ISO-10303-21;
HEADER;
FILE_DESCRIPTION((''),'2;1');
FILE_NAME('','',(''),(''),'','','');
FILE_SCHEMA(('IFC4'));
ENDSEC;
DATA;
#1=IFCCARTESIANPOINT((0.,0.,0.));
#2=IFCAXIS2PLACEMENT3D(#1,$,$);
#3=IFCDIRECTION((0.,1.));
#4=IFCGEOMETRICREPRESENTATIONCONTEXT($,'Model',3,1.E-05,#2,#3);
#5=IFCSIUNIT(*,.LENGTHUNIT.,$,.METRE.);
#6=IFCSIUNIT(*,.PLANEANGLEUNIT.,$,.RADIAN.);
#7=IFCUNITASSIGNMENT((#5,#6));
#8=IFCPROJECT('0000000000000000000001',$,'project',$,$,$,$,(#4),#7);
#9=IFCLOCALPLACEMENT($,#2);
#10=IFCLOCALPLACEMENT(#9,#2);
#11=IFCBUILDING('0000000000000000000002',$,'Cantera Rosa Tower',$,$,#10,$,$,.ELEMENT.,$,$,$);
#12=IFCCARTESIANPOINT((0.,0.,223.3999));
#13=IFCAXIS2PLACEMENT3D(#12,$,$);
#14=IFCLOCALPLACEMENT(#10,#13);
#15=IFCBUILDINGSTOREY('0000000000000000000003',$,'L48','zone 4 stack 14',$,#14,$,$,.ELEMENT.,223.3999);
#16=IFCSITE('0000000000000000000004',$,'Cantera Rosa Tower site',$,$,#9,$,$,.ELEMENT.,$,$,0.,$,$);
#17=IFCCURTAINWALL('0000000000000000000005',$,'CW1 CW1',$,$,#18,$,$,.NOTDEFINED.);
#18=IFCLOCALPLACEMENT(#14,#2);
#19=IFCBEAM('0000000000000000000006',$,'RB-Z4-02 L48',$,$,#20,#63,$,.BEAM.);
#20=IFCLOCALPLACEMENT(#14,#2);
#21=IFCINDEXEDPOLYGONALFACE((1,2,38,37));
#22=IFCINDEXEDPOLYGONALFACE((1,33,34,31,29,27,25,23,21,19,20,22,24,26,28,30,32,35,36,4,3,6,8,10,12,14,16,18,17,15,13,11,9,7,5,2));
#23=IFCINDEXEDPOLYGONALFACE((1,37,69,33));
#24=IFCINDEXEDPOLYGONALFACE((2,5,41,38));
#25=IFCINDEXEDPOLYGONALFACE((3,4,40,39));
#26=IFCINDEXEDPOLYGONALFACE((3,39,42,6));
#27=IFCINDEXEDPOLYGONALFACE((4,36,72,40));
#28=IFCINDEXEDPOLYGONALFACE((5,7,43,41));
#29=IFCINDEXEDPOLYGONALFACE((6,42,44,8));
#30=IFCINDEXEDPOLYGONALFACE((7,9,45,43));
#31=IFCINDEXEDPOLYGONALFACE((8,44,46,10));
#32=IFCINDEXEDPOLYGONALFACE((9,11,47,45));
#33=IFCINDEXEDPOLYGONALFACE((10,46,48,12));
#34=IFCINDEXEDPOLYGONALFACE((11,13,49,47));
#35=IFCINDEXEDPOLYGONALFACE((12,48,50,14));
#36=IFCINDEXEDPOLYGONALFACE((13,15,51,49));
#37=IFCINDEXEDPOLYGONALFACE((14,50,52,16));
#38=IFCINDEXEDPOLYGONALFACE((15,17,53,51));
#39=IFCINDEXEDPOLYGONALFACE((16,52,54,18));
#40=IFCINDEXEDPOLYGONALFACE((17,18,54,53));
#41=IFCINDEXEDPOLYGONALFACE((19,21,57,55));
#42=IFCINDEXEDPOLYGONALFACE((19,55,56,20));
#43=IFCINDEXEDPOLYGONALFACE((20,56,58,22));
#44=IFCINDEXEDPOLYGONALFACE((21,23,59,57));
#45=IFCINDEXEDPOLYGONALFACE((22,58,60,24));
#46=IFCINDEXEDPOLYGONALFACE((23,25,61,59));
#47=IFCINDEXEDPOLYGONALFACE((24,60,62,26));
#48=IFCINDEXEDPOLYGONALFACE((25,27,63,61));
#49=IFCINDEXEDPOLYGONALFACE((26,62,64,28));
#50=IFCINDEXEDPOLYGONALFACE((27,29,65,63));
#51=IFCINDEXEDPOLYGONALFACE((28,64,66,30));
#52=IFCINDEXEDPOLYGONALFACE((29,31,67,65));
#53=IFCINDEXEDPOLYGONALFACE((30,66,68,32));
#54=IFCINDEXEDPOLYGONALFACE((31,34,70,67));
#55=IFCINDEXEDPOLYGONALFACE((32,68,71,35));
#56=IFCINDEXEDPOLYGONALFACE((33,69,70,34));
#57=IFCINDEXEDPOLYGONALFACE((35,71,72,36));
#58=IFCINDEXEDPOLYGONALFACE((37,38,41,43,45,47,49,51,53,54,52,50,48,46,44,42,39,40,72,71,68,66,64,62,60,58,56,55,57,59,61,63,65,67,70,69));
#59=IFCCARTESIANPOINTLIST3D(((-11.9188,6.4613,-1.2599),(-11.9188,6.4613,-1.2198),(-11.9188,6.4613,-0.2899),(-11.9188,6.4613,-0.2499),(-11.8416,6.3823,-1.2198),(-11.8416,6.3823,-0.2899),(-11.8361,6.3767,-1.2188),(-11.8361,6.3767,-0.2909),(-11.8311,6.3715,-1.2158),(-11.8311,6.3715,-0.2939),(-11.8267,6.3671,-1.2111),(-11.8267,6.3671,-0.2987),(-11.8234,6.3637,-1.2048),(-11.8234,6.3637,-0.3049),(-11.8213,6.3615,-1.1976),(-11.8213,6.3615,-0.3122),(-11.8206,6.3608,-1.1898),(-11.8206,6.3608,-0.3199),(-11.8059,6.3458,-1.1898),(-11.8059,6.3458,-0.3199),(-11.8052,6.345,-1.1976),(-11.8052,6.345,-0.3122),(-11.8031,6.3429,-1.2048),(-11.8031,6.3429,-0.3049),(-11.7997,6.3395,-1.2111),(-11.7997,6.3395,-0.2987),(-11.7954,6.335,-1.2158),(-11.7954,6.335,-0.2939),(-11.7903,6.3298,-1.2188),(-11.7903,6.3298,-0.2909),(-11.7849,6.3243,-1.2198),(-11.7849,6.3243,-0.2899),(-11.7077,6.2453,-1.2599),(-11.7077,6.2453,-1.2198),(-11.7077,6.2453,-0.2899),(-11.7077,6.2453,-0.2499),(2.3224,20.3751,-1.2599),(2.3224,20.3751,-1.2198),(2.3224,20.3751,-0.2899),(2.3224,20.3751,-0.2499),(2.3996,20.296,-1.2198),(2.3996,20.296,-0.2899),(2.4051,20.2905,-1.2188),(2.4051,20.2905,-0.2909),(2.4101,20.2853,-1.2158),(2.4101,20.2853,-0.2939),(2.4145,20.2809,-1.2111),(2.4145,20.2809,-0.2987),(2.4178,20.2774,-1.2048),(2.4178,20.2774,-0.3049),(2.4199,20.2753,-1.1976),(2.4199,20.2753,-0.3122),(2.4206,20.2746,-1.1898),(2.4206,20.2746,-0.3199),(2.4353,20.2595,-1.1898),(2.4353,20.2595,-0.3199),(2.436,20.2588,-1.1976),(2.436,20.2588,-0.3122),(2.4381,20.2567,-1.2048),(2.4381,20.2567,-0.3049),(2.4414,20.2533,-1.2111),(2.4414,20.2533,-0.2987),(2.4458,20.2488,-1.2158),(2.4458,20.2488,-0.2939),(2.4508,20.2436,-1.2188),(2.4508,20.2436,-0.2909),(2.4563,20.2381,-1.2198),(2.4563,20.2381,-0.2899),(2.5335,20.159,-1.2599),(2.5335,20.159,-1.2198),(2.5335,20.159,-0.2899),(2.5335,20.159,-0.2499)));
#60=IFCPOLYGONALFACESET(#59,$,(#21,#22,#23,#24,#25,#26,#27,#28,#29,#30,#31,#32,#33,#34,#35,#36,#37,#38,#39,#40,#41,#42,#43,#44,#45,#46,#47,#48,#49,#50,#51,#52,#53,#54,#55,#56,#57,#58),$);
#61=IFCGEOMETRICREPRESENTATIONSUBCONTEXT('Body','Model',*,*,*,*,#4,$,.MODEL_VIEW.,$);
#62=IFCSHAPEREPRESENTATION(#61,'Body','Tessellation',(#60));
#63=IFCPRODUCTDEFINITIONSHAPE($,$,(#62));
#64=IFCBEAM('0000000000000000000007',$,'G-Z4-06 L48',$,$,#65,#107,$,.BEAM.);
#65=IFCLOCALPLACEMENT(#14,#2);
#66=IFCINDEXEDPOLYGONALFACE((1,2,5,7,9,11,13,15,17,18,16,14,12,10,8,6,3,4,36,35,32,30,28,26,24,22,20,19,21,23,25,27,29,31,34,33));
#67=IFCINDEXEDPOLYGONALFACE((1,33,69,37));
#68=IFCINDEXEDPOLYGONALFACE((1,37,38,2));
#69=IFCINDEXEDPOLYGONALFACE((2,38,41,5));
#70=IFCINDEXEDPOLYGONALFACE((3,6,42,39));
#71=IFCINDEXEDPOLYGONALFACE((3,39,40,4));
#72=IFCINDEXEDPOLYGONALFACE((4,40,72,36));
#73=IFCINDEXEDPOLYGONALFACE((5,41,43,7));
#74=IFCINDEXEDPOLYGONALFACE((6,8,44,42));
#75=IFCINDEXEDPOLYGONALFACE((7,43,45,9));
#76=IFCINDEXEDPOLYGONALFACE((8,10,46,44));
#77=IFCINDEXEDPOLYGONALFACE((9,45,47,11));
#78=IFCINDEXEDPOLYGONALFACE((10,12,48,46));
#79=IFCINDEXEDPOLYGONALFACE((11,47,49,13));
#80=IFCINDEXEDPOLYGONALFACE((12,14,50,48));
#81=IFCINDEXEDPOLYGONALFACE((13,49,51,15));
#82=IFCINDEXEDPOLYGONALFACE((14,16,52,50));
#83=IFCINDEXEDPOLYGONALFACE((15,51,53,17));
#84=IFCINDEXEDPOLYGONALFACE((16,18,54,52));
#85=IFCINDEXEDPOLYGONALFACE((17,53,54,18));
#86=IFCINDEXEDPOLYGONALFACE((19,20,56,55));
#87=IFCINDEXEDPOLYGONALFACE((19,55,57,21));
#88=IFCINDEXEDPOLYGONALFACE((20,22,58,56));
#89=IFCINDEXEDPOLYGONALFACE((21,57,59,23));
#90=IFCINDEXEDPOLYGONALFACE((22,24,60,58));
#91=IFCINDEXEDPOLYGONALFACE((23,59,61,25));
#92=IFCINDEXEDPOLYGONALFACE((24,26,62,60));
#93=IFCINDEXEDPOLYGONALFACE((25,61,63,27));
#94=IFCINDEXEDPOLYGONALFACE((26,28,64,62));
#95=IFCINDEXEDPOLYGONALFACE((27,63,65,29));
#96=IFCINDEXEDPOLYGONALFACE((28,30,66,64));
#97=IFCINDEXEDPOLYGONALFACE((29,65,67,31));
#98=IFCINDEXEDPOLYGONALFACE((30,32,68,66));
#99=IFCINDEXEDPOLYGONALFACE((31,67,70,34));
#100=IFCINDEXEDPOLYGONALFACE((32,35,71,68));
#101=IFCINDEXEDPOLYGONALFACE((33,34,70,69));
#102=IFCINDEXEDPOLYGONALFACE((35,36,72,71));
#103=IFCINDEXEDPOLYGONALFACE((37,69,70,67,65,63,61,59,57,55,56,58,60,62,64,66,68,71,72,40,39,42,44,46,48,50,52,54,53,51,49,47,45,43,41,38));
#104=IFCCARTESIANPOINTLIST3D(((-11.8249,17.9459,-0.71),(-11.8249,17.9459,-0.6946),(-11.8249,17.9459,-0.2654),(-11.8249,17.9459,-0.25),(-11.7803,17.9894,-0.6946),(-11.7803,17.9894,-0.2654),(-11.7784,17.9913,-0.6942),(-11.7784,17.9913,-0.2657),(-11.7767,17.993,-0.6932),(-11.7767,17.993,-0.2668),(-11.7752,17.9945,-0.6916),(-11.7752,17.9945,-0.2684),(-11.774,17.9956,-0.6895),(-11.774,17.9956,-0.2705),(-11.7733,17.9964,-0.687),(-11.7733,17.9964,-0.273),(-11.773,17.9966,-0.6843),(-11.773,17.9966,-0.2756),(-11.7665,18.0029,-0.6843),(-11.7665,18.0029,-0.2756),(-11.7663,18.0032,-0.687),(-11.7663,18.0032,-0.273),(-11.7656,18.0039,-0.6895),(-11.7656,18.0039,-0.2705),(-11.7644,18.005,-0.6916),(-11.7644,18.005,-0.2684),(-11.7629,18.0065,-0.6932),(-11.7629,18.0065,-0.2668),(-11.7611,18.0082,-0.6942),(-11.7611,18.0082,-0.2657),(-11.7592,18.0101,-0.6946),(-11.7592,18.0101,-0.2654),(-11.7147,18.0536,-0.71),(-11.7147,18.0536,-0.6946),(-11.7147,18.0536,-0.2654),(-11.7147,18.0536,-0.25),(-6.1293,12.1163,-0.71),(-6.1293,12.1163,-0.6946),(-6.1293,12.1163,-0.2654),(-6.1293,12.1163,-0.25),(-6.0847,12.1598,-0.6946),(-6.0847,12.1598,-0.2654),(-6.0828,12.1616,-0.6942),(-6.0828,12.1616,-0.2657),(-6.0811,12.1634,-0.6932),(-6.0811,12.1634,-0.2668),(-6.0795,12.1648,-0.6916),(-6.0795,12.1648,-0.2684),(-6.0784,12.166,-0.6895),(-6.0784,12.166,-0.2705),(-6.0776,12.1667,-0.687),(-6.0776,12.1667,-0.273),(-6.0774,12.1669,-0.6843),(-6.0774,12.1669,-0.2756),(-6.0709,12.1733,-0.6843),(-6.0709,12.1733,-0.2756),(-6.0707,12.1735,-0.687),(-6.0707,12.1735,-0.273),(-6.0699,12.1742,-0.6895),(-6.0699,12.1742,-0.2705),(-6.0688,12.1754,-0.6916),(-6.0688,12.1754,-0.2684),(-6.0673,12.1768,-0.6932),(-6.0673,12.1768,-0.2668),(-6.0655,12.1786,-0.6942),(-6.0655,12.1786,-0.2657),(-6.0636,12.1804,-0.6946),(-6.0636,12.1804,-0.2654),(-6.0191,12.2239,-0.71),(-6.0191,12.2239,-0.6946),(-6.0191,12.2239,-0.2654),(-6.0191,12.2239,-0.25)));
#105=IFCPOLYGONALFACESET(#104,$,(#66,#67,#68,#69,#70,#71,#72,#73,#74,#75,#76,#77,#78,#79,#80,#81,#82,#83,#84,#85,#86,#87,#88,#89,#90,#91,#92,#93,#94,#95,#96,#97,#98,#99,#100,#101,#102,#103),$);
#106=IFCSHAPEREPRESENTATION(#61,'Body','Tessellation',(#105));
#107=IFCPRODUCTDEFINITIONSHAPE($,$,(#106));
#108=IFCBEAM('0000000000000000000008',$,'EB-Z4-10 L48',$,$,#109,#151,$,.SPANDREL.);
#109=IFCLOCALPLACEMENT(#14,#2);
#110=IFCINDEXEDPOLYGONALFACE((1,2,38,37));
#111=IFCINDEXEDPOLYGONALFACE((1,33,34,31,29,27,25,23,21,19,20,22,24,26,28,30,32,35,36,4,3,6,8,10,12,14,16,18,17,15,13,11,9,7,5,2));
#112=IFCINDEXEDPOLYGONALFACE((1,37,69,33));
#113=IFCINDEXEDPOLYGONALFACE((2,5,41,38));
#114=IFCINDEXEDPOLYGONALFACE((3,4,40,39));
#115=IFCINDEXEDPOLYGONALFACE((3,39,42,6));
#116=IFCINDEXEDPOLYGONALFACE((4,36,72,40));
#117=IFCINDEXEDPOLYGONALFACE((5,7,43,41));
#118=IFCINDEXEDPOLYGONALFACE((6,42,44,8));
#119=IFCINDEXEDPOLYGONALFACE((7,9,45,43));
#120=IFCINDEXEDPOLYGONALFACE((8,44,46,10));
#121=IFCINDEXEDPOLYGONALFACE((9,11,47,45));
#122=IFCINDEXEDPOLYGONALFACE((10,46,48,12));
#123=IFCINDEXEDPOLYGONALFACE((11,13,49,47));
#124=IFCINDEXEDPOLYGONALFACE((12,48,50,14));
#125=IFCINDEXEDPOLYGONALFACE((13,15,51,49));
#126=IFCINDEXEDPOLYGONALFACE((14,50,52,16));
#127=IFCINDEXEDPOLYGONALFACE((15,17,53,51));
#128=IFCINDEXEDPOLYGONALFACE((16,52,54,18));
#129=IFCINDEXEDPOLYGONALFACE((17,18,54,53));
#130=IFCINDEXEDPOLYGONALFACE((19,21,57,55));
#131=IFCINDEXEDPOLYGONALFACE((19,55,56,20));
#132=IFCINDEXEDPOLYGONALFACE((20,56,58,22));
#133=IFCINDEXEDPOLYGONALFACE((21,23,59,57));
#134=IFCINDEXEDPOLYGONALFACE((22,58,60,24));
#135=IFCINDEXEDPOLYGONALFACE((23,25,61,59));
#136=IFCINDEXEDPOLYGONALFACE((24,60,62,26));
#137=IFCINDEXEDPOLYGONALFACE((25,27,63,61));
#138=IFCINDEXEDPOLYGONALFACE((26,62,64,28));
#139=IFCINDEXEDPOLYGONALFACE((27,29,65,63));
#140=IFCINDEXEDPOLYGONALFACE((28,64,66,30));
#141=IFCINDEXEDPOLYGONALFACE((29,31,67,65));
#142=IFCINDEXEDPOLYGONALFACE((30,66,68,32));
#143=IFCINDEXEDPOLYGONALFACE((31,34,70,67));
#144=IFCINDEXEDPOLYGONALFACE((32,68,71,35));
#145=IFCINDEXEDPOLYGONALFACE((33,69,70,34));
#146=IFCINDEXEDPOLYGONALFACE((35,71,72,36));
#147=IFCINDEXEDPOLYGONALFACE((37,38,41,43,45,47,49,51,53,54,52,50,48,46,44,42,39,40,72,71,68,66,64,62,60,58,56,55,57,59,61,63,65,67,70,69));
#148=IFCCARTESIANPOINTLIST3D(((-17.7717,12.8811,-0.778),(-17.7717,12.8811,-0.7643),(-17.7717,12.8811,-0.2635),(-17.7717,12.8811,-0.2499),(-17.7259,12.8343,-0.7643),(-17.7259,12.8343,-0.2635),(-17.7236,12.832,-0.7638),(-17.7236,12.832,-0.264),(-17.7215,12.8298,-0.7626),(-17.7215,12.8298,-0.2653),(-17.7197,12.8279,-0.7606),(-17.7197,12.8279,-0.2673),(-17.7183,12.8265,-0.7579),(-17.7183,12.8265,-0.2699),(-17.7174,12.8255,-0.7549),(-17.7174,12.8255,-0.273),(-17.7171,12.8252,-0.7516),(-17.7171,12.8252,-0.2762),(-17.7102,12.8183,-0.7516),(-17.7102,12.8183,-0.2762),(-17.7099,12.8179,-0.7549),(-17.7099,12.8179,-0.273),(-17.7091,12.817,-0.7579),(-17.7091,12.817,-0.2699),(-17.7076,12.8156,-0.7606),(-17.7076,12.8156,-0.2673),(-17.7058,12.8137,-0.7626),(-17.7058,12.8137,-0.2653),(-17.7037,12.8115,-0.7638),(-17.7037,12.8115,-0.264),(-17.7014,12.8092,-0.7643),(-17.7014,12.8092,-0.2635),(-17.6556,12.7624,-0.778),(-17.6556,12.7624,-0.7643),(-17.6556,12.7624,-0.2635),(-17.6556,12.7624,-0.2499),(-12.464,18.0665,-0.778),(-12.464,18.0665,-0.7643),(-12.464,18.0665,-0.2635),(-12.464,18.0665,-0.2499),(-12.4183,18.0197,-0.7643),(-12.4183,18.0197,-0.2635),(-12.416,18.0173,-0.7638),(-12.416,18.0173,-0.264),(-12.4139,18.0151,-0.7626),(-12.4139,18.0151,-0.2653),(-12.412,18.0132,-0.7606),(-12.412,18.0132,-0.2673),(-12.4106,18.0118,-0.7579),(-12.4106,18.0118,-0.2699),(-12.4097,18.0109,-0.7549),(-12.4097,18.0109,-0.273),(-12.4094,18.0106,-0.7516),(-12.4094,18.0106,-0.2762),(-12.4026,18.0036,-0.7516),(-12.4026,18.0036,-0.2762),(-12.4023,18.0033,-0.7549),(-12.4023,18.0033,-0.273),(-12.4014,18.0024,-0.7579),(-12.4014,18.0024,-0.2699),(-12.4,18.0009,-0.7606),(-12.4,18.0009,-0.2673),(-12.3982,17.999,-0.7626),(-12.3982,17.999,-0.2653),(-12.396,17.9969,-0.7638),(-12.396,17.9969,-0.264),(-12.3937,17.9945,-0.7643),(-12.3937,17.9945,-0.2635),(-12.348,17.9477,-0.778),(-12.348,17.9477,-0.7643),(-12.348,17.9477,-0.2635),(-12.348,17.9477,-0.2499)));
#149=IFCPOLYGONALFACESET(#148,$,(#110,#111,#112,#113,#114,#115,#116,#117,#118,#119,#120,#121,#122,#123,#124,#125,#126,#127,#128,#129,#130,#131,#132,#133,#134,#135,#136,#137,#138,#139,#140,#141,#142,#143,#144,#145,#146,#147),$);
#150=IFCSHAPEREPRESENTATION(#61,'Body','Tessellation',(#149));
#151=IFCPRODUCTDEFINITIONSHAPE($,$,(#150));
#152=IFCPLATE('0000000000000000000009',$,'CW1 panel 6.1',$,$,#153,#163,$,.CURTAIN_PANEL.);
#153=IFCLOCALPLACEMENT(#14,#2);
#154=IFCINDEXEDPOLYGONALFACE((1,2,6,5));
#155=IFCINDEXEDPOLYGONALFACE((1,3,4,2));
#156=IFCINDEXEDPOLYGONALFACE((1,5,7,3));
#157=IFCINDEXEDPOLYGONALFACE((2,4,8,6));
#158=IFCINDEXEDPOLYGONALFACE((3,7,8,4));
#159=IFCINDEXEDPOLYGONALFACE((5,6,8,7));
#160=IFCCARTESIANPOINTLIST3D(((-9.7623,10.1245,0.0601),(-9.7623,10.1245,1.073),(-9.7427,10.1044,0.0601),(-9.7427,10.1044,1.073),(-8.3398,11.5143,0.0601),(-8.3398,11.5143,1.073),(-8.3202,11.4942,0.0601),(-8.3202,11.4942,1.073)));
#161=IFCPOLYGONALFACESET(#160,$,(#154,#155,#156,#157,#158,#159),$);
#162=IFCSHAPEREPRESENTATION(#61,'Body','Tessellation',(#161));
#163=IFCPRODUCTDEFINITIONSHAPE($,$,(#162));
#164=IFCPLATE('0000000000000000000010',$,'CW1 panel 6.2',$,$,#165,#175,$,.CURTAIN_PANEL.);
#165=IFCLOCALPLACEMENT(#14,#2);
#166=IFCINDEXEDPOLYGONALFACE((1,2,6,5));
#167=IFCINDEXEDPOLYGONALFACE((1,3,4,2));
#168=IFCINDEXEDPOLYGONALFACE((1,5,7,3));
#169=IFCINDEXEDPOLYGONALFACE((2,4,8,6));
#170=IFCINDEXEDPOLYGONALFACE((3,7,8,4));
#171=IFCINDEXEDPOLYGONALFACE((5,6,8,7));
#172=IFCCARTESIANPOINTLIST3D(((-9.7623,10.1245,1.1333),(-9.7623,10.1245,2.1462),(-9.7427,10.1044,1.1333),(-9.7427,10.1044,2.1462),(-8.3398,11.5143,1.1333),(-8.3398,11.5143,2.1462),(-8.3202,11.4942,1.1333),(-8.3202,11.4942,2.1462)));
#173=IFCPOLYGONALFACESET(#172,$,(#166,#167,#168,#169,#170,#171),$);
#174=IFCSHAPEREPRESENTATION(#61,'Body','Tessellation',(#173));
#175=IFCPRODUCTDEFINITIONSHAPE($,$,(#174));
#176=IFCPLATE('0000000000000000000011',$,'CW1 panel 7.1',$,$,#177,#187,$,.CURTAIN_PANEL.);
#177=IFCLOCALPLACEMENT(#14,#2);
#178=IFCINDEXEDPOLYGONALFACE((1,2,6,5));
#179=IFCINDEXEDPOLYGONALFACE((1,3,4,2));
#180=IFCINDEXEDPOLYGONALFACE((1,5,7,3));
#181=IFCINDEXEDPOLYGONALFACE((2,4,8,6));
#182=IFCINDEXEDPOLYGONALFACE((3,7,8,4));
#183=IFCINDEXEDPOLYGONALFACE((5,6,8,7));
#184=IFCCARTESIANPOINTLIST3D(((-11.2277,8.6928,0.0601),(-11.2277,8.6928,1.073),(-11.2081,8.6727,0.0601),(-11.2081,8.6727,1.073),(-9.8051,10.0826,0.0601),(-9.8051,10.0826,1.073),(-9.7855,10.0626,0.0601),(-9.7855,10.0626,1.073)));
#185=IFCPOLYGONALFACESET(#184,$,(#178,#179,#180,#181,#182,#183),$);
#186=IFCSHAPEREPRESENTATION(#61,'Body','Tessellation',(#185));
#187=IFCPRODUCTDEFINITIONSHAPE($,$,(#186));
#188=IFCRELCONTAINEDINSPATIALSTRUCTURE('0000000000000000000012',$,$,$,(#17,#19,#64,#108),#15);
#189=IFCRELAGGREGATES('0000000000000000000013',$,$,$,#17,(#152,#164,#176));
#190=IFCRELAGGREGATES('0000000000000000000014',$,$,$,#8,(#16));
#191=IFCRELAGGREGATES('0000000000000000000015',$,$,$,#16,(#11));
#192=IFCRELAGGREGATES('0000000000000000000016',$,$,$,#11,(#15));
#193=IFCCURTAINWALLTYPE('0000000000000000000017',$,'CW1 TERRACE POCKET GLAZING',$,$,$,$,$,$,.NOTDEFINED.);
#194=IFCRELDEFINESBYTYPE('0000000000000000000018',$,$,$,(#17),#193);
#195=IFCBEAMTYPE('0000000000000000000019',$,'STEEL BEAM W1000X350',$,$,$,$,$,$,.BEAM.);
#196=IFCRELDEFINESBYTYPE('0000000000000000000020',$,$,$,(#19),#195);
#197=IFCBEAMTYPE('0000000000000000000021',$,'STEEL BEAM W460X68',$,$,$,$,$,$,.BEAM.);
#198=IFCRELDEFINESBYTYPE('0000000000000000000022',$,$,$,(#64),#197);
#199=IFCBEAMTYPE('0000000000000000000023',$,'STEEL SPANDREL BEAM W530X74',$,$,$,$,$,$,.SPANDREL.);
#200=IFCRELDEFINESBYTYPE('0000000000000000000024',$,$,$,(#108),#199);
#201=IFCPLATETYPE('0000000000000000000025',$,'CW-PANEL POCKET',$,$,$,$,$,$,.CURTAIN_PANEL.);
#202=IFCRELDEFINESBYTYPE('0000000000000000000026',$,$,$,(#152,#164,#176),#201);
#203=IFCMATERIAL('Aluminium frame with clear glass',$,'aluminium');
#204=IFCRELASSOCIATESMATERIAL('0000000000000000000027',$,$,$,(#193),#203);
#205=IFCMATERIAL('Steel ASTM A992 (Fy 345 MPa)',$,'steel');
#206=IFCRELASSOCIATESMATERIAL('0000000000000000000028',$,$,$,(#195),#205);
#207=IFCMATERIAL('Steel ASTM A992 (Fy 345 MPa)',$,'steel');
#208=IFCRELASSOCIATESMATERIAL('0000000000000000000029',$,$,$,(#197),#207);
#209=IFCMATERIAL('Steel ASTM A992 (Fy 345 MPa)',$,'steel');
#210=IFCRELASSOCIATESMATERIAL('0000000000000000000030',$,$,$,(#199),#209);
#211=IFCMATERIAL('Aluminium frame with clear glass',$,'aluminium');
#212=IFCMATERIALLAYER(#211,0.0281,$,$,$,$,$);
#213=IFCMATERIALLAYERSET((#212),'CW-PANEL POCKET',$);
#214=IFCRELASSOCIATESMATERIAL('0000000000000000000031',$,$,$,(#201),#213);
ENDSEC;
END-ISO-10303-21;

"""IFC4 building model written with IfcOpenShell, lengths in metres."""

from ifc_helpers import new_model, si_unit, direction, frame, origin, origin_2d, place, context, subcontext, project, spatial, rectangle, i_section, extrude, material, layer, layer_set, material_profile, profile_set, type_object, element, aggregate, save


model = new_model("IFC4")

# Units and contexts
model_context = context("Model", 3, precision=1e-05, world=origin(), true_north=direction((0.0, 1.0)))
body_context = subcontext(model_context, "Body", "Model", "MODEL_VIEW")
ifc_project = project(units=[si_unit("LENGTHUNIT", "METRE"), si_unit("PLANEANGLEUNIT", "RADIAN")], contexts=[model_context])

# Site, building, storey
site_placement = place(None, origin())
site = spatial("IfcSite", under=ifc_project, at=site_placement, Name="Cantera Rosa Tower site", CompositionType="ELEMENT", RefElevation=0.0)
building_placement = place(site_placement, origin())
building = spatial("IfcBuilding", under=site, at=building_placement, Name="Cantera Rosa Tower", CompositionType="ELEMENT")
storey_placement = place(building_placement, frame((0.0, 0.0, 223.3999)))
storey = spatial("IfcBuildingStorey", under=building, at=storey_placement, Name="L48", Description="zone 4 stack 14", CompositionType="ELEMENT", Elevation=223.3999)

# Curtain wall
ifc_material_1 = material(Name="Aluminium frame with clear glass", Category="aluminium")
curtain_wall_type = type_object("IfcCurtainWallType", Name="CW1 TERRACE POCKET GLAZING", PredefinedType="NOTDEFINED", material=ifc_material_1)
curtain_wall_placement = place(storey_placement, origin())
curtain_wall = element("IfcCurtainWall", 1, at=curtain_wall_placement, inside=storey, type_object=curtain_wall_type, Name="CW1 CW1", PredefinedType="NOTDEFINED")

# Beams
ifc_material_2 = material(Name="Steel ASTM A992 (Fy 345 MPa)", Category="steel")
ifc_material_profile_1 = material_profile(ifc_material_2, i_section(OverallWidth=0.302, OverallDepth=1.01, WebThickness=0.021, FlangeThickness=0.04, FilletRadius=0.03, at=origin_2d()), Name="W1000X350")
ifc_profile_set_1 = profile_set([ifc_material_profile_1], Name="Steel ASTM A992 (Fy 345 MPa)")
beam_type_1 = type_object("IfcBeamType", Name="STEEL BEAM W1000X350", PredefinedType="BEAM", material=ifc_profile_set_1)
beam_1_placement = place(storey_placement, frame((-11.8132, 6.3533, -0.7549), z_axis=(0.715281, 0.698837, 0.0), x_axis=(-0.698837, 0.715281, 0.0)))
element("IfcBeam", 2, at=beam_1_placement, inside=storey, type_object=beam_type_1, Name="RB-Z4-02 L48", PredefinedType="BEAM", context=body_context, shape_type="SweptSolid", body=[
    extrude(i_section(OverallWidth=0.302, OverallDepth=1.01, WebThickness=0.021, FlangeThickness=0.04, FilletRadius=0.03, at=origin_2d()), origin(), (0.0, 0.0, 1.0), 19.9099),
])
ifc_material_3 = material(Name="Steel ASTM A992 (Fy 345 MPa)", Category="steel")
ifc_material_profile_2 = material_profile(ifc_material_3, i_section(OverallWidth=0.1541, OverallDepth=0.46, WebThickness=0.009, FlangeThickness=0.0154, FilletRadius=0.0103, at=origin_2d()), Name="W460X68")
ifc_profile_set_2 = profile_set([ifc_material_profile_2], Name="Steel ASTM A992 (Fy 345 MPa)")
beam_type_2 = type_object("IfcBeamType", Name="STEEL BEAM W460X68", PredefinedType="BEAM", material=ifc_profile_set_2)
beam_2_placement = place(storey_placement, frame((-11.7698, 17.9998, -0.48), z_axis=(0.698836, -0.715282, 0.0), x_axis=(0.715282, 0.698836, 0.0)))
element("IfcBeam", 3, at=beam_2_placement, inside=storey, type_object=beam_type_2, Name="G-Z4-06 L48", PredefinedType="BEAM", context=body_context, shape_type="SweptSolid", body=[
    extrude(i_section(OverallWidth=0.1541, OverallDepth=0.46, WebThickness=0.009, FlangeThickness=0.0154, FilletRadius=0.0103, at=origin_2d()), origin(), (0.0, 0.0, 1.0), 8.1501),
])
ifc_material_4 = material(Name="Steel ASTM A992 (Fy 345 MPa)", Category="steel")
ifc_material_profile_3 = material_profile(ifc_material_4, i_section(OverallWidth=0.166, OverallDepth=0.5281, WebThickness=0.0098, FlangeThickness=0.0137, FilletRadius=0.0127, at=origin_2d()), Name="W530X74")
ifc_profile_set_3 = profile_set([ifc_material_profile_3], Name="Steel ASTM A992 (Fy 345 MPa)")
beam_type_3 = type_object("IfcBeamType", Name="STEEL SPANDREL BEAM W530X74", PredefinedType="SPANDREL", material=ifc_profile_set_3)
beam_3_placement = place(storey_placement, frame((-12.406, 18.0071, -0.5139), z_axis=(-0.715301, -0.698817, 0.0), x_axis=(0.698817, -0.715301, 0.0)))
element("IfcBeam", 4, at=beam_3_placement, inside=storey, type_object=beam_type_3, Name="EB-Z4-10 L48", PredefinedType="SPANDREL", context=body_context, shape_type="SweptSolid", body=[
    extrude(i_section(OverallWidth=0.166, OverallDepth=0.5281, WebThickness=0.0098, FlangeThickness=0.0137, FilletRadius=0.0127, at=origin_2d()), origin(), (0.0, 0.0, 1.0), 7.4202),
])

# Plates
ifc_material_5 = material(Name="Aluminium frame with clear glass", Category="aluminium")
ifc_layer_1 = layer(ifc_material_5, 0.0281)
ifc_layer_set_1 = layer_set([ifc_layer_1], Name="CW-PANEL POCKET")
plate_type = type_object("IfcPlateType", Name="CW-PANEL POCKET", PredefinedType="CURTAIN_PANEL", material=ifc_layer_set_1)
plate_1_placement = place(storey_placement, frame((-9.0413, 10.8093, 0.0601), z_axis=(0.0, 0.0, 1.0), x_axis=(-0.715286, -0.698832, 0.0)))
plate_1 = element("IfcPlate", 5, at=plate_1_placement, type_object=plate_type, Name="CW1 panel 6.1", PredefinedType="CURTAIN_PANEL", context=body_context, shape_type="SweptSolid", body=[
    extrude(rectangle(XDim=1.9888, YDim=0.0281, at=origin_2d()), origin(), (0.0, 0.0, 1.0), 1.0129),
])
plate_2_placement = place(storey_placement, frame((-9.0413, 10.8093, 1.1333), z_axis=(0.0, 0.0, 1.0), x_axis=(-0.715286, -0.698832, 0.0)))
plate_2 = element("IfcPlate", 6, at=plate_2_placement, type_object=plate_type, Name="CW1 panel 6.2", PredefinedType="CURTAIN_PANEL", context=body_context, shape_type="SweptSolid", body=[
    extrude(rectangle(XDim=1.9888, YDim=0.0281, at=origin_2d()), origin(), (0.0, 0.0, 1.0), 1.0129),
])
plate_3_placement = place(storey_placement, frame((-10.5066, 9.3777, 0.0601), z_axis=(0.0, 0.0, 1.0), x_axis=(-0.715286, -0.698832, 0.0)))
plate_3 = element("IfcPlate", 7, at=plate_3_placement, type_object=plate_type, Name="CW1 panel 7.1", PredefinedType="CURTAIN_PANEL", context=body_context, shape_type="SweptSolid", body=[
    extrude(rectangle(XDim=1.9888, YDim=0.0281, at=origin_2d()), origin(), (0.0, 0.0, 1.0), 1.0129),
])
aggregate(curtain_wall, [plate_1, plate_2, plate_3])

save(model, "model.ifc")
